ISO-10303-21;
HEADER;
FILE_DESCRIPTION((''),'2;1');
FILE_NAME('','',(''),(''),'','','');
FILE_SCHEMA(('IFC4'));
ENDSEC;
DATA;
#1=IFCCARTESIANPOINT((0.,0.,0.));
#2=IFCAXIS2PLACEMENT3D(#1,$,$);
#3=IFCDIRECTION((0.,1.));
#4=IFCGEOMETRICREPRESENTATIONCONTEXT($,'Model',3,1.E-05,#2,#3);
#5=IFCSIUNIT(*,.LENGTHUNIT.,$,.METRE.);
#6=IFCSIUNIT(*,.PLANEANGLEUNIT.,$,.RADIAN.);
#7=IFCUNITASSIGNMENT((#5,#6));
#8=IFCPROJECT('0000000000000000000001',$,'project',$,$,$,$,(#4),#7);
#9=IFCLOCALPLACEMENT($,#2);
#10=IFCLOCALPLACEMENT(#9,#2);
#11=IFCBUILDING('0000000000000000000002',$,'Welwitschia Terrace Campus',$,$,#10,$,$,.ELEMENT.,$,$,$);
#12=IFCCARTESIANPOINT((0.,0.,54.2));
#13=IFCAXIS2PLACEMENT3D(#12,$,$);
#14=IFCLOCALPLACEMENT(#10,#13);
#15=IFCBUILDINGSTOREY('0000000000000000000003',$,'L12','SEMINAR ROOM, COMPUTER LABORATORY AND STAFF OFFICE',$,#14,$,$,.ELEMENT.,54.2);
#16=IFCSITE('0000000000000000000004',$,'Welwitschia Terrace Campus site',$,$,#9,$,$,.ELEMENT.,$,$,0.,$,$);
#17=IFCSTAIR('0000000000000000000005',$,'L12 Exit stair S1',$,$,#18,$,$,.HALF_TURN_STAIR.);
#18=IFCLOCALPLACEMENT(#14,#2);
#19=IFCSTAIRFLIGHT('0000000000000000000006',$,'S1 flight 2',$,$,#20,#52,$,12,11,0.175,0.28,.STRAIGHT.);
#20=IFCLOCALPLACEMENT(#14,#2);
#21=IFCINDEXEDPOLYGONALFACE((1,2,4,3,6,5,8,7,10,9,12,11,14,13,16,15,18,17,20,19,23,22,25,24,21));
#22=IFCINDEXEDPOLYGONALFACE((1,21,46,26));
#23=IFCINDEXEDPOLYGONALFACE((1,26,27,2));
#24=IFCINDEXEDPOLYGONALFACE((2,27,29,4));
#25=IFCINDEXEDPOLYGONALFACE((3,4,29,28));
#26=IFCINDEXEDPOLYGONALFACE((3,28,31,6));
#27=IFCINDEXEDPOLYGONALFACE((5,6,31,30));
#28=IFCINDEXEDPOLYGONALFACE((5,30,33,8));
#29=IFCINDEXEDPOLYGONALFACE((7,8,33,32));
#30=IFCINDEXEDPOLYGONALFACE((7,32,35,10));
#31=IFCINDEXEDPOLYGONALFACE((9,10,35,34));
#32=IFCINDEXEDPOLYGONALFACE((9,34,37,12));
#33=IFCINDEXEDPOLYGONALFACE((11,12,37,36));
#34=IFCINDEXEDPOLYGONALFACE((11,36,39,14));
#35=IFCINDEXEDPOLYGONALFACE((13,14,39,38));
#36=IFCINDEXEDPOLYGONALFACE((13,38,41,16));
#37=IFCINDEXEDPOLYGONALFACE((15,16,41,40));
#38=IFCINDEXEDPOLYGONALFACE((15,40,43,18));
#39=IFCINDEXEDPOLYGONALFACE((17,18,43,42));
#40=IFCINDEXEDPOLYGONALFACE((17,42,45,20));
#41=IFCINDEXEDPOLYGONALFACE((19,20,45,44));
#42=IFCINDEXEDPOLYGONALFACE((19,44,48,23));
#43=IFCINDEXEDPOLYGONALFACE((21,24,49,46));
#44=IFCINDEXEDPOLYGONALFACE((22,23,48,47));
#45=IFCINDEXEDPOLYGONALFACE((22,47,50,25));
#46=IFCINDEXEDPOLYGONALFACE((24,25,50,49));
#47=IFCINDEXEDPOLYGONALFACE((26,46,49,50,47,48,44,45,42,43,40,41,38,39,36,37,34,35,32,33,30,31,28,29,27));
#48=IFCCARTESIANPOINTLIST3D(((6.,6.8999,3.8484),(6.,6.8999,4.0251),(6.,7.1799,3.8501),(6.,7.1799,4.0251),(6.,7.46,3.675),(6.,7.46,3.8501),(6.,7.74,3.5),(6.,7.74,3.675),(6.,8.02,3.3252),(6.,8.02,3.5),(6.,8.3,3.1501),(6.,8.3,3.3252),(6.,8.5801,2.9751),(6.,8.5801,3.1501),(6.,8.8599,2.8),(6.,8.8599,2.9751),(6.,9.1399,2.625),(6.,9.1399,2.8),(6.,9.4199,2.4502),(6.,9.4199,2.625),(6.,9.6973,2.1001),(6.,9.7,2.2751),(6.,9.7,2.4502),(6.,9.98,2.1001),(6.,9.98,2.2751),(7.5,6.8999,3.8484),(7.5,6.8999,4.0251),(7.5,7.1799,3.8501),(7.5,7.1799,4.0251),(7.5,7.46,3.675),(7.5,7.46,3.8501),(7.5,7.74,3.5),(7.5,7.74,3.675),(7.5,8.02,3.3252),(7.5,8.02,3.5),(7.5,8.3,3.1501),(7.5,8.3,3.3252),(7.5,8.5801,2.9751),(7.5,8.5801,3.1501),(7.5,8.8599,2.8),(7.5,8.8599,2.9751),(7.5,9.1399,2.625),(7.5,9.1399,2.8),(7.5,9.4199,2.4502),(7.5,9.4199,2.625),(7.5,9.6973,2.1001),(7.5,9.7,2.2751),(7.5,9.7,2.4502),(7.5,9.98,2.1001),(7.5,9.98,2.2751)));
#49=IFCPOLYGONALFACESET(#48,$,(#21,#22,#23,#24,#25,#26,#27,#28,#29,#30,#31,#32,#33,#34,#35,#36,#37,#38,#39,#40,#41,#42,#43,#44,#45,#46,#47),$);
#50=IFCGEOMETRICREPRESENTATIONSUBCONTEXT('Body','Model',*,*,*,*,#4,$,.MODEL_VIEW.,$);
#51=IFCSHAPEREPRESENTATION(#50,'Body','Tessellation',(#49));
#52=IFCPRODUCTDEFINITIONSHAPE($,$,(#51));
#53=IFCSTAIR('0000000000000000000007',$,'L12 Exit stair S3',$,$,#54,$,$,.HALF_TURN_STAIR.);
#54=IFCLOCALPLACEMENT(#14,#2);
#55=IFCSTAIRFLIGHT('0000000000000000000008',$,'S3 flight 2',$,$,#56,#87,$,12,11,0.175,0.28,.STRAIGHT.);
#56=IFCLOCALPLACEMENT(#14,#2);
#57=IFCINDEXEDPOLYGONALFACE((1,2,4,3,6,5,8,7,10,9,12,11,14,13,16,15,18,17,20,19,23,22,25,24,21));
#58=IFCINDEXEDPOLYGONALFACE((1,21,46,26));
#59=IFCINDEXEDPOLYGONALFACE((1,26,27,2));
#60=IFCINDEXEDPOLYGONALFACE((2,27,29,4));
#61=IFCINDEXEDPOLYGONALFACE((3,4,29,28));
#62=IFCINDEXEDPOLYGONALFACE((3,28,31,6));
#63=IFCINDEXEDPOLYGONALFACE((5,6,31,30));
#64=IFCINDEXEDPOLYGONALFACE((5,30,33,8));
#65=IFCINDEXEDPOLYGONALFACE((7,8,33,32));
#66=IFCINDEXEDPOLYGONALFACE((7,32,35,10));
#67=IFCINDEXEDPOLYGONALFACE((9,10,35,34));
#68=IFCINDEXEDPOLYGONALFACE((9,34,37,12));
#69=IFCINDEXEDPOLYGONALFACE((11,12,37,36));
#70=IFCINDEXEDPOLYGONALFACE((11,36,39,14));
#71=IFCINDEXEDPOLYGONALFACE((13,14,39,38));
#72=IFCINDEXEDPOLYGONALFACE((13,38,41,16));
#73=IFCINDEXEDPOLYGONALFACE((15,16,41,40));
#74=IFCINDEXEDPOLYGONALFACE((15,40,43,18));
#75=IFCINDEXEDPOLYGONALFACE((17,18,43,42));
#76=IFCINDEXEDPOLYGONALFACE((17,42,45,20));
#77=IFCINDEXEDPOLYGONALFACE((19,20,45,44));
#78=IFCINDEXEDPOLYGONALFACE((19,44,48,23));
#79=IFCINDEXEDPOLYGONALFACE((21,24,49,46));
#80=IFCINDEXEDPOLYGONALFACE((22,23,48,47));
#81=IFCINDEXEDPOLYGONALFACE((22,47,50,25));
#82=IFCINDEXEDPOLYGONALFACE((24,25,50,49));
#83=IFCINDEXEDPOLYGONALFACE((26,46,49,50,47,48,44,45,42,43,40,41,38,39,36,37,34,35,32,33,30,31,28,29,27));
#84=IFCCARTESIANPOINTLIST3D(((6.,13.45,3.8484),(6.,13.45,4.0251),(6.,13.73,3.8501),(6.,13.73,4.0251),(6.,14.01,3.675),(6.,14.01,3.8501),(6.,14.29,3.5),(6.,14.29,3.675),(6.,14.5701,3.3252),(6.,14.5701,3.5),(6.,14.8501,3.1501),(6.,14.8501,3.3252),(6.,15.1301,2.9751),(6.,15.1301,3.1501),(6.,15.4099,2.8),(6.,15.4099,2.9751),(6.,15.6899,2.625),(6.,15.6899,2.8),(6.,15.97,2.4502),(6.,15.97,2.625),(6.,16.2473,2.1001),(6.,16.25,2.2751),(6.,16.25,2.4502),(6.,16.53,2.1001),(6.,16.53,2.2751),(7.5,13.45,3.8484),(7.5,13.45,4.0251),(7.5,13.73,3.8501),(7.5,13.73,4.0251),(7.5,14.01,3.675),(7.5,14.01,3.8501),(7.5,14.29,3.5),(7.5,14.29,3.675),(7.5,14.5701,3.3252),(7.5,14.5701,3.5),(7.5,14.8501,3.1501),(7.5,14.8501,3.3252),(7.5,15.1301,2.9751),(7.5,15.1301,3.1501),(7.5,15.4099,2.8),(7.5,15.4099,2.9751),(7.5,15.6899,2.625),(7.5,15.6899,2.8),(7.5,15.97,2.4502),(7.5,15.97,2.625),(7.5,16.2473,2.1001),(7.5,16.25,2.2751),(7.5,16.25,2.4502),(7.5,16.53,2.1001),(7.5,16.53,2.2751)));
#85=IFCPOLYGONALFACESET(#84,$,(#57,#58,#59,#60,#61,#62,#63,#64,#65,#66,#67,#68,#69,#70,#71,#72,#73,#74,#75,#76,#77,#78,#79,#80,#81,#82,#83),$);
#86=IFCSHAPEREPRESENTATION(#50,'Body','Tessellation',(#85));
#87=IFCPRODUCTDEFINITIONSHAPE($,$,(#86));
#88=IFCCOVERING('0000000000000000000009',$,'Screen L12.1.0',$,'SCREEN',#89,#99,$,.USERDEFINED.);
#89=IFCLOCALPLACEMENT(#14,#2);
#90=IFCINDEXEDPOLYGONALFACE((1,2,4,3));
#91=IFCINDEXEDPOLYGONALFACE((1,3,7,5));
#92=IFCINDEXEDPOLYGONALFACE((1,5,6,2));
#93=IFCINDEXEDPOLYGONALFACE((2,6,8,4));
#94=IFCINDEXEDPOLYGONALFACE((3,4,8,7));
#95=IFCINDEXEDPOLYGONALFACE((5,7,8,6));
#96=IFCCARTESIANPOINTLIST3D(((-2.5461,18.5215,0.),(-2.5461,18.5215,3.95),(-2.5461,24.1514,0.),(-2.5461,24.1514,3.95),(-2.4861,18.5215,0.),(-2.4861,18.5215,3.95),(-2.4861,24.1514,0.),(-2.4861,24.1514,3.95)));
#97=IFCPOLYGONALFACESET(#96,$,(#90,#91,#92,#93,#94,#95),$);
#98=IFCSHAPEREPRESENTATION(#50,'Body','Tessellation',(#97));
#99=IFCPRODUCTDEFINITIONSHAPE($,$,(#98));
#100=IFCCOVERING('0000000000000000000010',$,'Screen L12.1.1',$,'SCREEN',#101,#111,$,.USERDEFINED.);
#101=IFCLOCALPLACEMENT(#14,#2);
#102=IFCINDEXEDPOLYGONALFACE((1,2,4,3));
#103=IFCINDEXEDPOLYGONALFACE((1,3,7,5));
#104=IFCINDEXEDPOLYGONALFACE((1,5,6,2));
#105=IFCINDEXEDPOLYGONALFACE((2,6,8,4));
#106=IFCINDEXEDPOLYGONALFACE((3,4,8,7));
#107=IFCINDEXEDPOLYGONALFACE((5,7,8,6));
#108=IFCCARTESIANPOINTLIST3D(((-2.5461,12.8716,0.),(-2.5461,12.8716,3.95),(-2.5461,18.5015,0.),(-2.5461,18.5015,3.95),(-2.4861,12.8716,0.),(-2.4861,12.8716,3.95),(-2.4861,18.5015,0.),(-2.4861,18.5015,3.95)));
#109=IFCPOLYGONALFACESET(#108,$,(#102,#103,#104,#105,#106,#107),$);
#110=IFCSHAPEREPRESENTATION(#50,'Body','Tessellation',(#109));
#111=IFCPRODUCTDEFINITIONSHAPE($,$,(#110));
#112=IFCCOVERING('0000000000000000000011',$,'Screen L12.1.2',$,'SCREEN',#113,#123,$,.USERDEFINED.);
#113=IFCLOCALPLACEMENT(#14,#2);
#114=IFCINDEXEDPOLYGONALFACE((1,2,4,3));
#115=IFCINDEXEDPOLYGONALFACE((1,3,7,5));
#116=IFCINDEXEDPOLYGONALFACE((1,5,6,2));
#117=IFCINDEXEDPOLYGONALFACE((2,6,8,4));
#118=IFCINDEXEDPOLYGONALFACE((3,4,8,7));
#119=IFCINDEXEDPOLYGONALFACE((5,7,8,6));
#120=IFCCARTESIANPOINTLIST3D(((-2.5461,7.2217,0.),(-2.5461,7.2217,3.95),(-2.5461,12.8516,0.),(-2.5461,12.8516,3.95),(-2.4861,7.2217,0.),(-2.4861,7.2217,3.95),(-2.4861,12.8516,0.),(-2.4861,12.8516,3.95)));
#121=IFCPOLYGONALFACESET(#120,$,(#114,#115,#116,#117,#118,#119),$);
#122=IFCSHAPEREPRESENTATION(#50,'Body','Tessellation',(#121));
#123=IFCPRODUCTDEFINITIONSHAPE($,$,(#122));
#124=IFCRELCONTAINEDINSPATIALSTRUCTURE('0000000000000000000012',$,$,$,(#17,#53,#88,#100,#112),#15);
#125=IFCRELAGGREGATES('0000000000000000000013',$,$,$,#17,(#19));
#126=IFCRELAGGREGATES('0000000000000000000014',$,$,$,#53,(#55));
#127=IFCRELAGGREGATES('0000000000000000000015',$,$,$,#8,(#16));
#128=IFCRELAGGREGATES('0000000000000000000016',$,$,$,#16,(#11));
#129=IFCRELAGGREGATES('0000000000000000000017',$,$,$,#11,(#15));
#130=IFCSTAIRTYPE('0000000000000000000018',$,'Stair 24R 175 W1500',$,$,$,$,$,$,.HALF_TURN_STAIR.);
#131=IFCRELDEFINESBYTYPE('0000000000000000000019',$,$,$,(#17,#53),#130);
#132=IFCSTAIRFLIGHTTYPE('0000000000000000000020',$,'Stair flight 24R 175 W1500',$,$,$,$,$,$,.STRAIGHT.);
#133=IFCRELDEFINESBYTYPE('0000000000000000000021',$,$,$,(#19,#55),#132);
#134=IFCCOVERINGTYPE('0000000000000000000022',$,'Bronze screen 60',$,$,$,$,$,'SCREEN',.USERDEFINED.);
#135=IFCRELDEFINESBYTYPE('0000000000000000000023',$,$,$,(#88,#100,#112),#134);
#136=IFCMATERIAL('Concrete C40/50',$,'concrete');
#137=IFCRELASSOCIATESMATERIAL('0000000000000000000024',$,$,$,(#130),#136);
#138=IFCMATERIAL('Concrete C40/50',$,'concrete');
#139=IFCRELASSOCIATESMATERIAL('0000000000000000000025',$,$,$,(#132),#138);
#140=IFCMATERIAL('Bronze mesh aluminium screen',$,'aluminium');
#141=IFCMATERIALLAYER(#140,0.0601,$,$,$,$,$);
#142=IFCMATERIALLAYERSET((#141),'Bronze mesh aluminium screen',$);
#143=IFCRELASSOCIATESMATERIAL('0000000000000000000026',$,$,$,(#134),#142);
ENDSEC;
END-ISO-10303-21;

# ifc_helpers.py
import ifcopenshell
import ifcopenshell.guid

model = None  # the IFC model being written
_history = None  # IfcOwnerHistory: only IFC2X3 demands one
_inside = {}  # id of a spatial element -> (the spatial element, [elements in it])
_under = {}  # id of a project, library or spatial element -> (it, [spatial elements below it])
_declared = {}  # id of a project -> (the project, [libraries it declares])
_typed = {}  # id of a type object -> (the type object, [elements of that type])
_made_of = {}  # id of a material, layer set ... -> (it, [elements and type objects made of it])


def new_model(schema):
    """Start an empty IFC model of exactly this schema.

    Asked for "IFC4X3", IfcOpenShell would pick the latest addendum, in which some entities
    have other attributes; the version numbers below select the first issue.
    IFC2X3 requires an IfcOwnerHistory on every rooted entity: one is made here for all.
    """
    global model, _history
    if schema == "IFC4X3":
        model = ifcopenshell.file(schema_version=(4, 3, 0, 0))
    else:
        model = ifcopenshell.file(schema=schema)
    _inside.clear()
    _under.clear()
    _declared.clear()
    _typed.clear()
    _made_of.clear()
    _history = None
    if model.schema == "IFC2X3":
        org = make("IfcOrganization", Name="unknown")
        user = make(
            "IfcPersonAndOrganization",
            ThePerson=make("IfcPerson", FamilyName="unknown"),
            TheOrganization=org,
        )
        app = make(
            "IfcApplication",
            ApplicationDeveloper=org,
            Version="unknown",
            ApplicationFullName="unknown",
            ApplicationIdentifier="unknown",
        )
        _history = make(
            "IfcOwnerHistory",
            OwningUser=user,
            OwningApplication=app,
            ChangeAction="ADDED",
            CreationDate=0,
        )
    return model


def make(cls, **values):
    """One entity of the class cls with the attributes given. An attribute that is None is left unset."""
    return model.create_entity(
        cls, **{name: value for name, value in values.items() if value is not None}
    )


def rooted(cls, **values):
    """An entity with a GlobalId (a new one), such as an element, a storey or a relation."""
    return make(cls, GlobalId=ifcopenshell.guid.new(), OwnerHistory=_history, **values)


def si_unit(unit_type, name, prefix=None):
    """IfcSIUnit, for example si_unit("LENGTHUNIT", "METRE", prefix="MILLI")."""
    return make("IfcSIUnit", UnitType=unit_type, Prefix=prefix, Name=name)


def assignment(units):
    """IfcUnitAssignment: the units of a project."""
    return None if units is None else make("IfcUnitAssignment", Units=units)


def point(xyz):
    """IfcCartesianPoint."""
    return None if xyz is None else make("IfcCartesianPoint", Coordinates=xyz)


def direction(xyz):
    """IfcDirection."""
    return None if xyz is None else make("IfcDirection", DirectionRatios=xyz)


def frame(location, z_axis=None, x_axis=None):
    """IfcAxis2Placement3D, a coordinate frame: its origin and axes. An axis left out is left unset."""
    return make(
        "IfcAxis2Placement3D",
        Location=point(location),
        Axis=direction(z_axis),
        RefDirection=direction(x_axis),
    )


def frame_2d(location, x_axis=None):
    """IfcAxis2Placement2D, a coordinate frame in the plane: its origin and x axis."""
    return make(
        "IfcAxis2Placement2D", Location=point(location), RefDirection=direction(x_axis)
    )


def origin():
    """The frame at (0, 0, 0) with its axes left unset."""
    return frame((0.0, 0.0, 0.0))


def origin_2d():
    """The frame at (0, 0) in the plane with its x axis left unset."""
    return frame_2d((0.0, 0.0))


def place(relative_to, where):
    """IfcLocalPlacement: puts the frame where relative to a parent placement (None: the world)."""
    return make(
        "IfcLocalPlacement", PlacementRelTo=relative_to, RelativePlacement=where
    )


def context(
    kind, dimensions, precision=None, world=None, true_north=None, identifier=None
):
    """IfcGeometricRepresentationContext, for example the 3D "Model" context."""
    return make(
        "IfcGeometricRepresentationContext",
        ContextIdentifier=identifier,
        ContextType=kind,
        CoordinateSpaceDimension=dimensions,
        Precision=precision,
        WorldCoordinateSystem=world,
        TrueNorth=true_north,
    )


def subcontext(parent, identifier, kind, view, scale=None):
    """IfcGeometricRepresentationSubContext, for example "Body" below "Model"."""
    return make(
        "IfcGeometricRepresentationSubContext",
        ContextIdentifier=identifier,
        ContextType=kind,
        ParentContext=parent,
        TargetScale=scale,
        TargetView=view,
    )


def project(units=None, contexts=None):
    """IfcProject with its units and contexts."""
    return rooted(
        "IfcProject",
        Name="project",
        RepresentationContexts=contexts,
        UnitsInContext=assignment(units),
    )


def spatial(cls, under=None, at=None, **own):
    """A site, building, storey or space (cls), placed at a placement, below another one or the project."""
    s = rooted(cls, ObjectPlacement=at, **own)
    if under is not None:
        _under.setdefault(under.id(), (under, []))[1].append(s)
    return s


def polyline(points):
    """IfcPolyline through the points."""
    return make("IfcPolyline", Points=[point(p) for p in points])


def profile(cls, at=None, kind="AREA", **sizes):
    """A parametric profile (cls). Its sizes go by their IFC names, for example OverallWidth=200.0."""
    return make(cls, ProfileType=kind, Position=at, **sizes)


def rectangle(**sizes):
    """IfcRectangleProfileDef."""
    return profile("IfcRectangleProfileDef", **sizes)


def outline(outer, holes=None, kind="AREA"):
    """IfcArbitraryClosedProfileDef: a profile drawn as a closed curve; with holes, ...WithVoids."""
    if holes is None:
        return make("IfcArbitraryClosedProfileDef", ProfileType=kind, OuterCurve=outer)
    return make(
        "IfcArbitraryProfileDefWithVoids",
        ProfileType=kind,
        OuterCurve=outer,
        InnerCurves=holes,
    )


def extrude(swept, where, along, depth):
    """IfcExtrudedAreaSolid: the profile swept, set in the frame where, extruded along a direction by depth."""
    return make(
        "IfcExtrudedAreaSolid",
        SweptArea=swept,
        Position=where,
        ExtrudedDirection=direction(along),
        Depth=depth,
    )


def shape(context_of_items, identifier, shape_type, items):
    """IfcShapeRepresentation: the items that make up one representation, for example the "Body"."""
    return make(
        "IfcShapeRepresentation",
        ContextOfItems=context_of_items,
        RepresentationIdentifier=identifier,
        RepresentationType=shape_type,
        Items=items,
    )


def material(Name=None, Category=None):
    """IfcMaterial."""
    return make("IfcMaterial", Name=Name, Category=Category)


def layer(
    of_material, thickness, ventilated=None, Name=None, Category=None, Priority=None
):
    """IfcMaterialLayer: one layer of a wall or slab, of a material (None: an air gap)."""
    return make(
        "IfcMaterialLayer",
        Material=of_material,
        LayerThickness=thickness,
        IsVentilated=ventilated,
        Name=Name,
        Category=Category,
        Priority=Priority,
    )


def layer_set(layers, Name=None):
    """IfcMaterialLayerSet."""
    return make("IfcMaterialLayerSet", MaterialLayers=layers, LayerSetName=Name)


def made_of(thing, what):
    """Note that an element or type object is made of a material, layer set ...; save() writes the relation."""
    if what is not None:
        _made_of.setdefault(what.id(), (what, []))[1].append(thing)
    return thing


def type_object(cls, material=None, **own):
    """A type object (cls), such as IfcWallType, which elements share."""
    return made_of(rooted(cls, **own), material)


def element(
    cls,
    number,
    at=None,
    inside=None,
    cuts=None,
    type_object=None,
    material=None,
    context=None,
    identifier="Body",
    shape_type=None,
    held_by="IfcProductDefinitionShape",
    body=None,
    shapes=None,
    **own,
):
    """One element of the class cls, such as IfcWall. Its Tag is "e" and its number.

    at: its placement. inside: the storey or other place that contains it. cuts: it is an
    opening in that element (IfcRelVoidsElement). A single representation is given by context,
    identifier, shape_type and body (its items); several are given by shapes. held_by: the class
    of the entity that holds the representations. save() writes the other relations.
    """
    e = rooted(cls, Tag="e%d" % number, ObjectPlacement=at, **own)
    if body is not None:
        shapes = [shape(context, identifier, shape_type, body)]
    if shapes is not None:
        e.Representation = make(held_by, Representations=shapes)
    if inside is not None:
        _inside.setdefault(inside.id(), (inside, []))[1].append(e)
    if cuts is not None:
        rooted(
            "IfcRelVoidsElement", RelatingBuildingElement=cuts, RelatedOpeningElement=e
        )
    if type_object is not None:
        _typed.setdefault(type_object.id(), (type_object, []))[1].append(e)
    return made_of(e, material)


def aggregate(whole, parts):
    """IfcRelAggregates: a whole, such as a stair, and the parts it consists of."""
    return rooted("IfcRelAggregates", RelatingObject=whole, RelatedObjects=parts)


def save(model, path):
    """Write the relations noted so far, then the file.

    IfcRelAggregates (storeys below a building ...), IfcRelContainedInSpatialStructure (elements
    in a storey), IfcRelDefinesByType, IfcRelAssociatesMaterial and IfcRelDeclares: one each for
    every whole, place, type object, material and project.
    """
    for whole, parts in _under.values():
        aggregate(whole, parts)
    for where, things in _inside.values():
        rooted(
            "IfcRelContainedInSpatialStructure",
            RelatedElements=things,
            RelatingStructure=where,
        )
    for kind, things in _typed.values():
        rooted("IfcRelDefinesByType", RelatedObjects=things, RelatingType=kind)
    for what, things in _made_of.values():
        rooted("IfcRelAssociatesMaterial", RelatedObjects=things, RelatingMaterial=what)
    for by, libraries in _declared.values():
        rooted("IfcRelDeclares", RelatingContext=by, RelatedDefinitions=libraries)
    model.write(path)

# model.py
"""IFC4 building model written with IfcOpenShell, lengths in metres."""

from ifc_helpers import new_model, si_unit, direction, frame, origin, origin_2d, place, context, subcontext, project, spatial, polyline, rectangle, outline, extrude, material, layer, layer_set, type_object, element, aggregate, save


model = new_model("IFC4")

# Units and contexts
model_context = context("Model", 3, precision=1e-05, world=origin(), true_north=direction((0.0, 1.0)))
body_context = subcontext(model_context, "Body", "Model", "MODEL_VIEW")
ifc_project = project(units=[si_unit("LENGTHUNIT", "METRE"), si_unit("PLANEANGLEUNIT", "RADIAN")], contexts=[model_context])

# Site, building, storey
site_placement = place(None, origin())
site = spatial("IfcSite", under=ifc_project, at=site_placement, Name="Welwitschia Terrace Campus site", CompositionType="ELEMENT", RefElevation=0.0)
building_placement = place(site_placement, origin())
building = spatial("IfcBuilding", under=site, at=building_placement, Name="Welwitschia Terrace Campus", CompositionType="ELEMENT")
storey_placement = place(building_placement, frame((0.0, 0.0, 54.2)))
storey = spatial("IfcBuildingStorey", under=building, at=storey_placement, Name="L12", Description="SEMINAR ROOM, COMPUTER LABORATORY AND STAFF OFFICE", CompositionType="ELEMENT", Elevation=54.2)

# Stairs, stair flights
ifc_material_1 = material(Name="Concrete C40/50", Category="concrete")
stair_type = type_object("IfcStairType", Name="Stair 24R 175 W1500", PredefinedType="HALF_TURN_STAIR", material=ifc_material_1)
stair_1_placement = place(storey_placement, origin())
stair_1 = element("IfcStair", 1, at=stair_1_placement, inside=storey, type_object=stair_type, Name="L12 Exit stair S1", PredefinedType="HALF_TURN_STAIR")
ifc_material_2 = material(Name="Concrete C40/50", Category="concrete")
stair_flight_type = type_object("IfcStairFlightType", Name="Stair flight 24R 175 W1500", PredefinedType="STRAIGHT", material=ifc_material_2)
stair_flight_1_placement = place(storey_placement, frame((6.75, 9.98, 2.1001), z_axis=(0.0, 0.0, 1.0), x_axis=(0.0, -1.0, 0.0)))
stair_flight_1 = element("IfcStairFlight", 2, at=stair_flight_1_placement, type_object=stair_flight_type, Name="S1 flight 2", NumberOfRisers=12, NumberOfTreads=11, PredefinedType="STRAIGHT", RiserHeight=0.175, TreadLength=0.28, context=body_context, shape_type="SweptSolid", body=[
    extrude(outline(polyline([(0.0, 0.0), (0.0, 0.175), (0.28, 0.175), (0.28, 0.3501), (0.5601, 0.3501), (0.5601, 0.5249), (0.8401, 0.5249), (0.8401, 0.7), (1.1201, 0.7), (1.1201, 0.875), (1.3999, 0.875), (1.3999, 1.05), (1.6799, 1.05), (1.6799, 1.2251), (1.96, 1.2251), (1.96, 1.3999), (2.24, 1.3999), (2.24, 1.575), (2.52, 1.575), (2.52, 1.75), (2.8, 1.75), (2.8, 1.925), (3.0801, 1.925), (3.0801, 2.1001), (3.0801, 1.7483), (0.2827, 0.0), (0.0, 0.0)])), frame((0.0, 0.75, 0.0), z_axis=(0.0, -1.0, 0.0), x_axis=(1.0, 0.0, 0.0)), (0.0, 0.0, 1.0), 1.5),
])
aggregate(stair_1, [stair_flight_1])
stair_2_placement = place(storey_placement, origin())
stair_2 = element("IfcStair", 3, at=stair_2_placement, inside=storey, type_object=stair_type, Name="L12 Exit stair S3", PredefinedType="HALF_TURN_STAIR")
stair_flight_2_placement = place(storey_placement, frame((6.75, 16.53, 2.1001), z_axis=(0.0, 0.0, 1.0), x_axis=(0.0, -1.0, 0.0)))
stair_flight_2 = element("IfcStairFlight", 4, at=stair_flight_2_placement, type_object=stair_flight_type, Name="S3 flight 2", NumberOfRisers=12, NumberOfTreads=11, PredefinedType="STRAIGHT", RiserHeight=0.175, TreadLength=0.28, context=body_context, shape_type="SweptSolid", body=[
    extrude(outline(polyline([(0.0, 0.0), (0.0, 0.175), (0.28, 0.175), (0.28, 0.3501), (0.5601, 0.3501), (0.5601, 0.5249), (0.8401, 0.5249), (0.8401, 0.7), (1.1201, 0.7), (1.1201, 0.875), (1.3999, 0.875), (1.3999, 1.05), (1.6799, 1.05), (1.6799, 1.2251), (1.96, 1.2251), (1.96, 1.3999), (2.24, 1.3999), (2.24, 1.575), (2.52, 1.575), (2.52, 1.75), (2.8, 1.75), (2.8, 1.925), (3.0801, 1.925), (3.0801, 2.1001), (3.0801, 1.7483), (0.2827, 0.0), (0.0, 0.0)])), frame((0.0, 0.75, 0.0), z_axis=(0.0, -1.0, 0.0), x_axis=(1.0, 0.0, 0.0)), (0.0, 0.0, 1.0), 1.5),
])
aggregate(stair_2, [stair_flight_2])

# Coverings
ifc_material_3 = material(Name="Bronze mesh aluminium screen", Category="aluminium")
ifc_layer_1 = layer(ifc_material_3, 0.0601)
ifc_layer_set_1 = layer_set([ifc_layer_1], Name="Bronze mesh aluminium screen")
covering_type = type_object("IfcCoveringType", Name="Bronze screen 60", ElementType="SCREEN", PredefinedType="USERDEFINED", material=ifc_layer_set_1)
for number, where, z_axis, x_axis, name in (
    (5, (-2.5161, 21.3364, 0.0), (0.0, 0.0, 1.0), (0.0, -1.0, 0.0), "Screen L12.1.0"),
    (6, (-2.5161, 15.6865, 0.0), (0.0, 0.0, 1.0), (0.0, -1.0, 0.0), "Screen L12.1.1"),
    (7, (-2.5161, 10.0366, 0.0), (0.0, 0.0, 1.0), (0.0, -1.0, 0.0), "Screen L12.1.2"),
):
    element("IfcCovering", number, at=place(storey_placement, frame(where, z_axis=z_axis, x_axis=x_axis)), inside=storey, type_object=covering_type, Name=name, ObjectType="SCREEN", PredefinedType="USERDEFINED", context=body_context, shape_type="SweptSolid", body=[
        extrude(rectangle(XDim=5.6299, YDim=0.0601, at=origin_2d()), origin(), (0.0, 0.0, 1.0), 3.95),
    ])

save(model, "model.ifc")
